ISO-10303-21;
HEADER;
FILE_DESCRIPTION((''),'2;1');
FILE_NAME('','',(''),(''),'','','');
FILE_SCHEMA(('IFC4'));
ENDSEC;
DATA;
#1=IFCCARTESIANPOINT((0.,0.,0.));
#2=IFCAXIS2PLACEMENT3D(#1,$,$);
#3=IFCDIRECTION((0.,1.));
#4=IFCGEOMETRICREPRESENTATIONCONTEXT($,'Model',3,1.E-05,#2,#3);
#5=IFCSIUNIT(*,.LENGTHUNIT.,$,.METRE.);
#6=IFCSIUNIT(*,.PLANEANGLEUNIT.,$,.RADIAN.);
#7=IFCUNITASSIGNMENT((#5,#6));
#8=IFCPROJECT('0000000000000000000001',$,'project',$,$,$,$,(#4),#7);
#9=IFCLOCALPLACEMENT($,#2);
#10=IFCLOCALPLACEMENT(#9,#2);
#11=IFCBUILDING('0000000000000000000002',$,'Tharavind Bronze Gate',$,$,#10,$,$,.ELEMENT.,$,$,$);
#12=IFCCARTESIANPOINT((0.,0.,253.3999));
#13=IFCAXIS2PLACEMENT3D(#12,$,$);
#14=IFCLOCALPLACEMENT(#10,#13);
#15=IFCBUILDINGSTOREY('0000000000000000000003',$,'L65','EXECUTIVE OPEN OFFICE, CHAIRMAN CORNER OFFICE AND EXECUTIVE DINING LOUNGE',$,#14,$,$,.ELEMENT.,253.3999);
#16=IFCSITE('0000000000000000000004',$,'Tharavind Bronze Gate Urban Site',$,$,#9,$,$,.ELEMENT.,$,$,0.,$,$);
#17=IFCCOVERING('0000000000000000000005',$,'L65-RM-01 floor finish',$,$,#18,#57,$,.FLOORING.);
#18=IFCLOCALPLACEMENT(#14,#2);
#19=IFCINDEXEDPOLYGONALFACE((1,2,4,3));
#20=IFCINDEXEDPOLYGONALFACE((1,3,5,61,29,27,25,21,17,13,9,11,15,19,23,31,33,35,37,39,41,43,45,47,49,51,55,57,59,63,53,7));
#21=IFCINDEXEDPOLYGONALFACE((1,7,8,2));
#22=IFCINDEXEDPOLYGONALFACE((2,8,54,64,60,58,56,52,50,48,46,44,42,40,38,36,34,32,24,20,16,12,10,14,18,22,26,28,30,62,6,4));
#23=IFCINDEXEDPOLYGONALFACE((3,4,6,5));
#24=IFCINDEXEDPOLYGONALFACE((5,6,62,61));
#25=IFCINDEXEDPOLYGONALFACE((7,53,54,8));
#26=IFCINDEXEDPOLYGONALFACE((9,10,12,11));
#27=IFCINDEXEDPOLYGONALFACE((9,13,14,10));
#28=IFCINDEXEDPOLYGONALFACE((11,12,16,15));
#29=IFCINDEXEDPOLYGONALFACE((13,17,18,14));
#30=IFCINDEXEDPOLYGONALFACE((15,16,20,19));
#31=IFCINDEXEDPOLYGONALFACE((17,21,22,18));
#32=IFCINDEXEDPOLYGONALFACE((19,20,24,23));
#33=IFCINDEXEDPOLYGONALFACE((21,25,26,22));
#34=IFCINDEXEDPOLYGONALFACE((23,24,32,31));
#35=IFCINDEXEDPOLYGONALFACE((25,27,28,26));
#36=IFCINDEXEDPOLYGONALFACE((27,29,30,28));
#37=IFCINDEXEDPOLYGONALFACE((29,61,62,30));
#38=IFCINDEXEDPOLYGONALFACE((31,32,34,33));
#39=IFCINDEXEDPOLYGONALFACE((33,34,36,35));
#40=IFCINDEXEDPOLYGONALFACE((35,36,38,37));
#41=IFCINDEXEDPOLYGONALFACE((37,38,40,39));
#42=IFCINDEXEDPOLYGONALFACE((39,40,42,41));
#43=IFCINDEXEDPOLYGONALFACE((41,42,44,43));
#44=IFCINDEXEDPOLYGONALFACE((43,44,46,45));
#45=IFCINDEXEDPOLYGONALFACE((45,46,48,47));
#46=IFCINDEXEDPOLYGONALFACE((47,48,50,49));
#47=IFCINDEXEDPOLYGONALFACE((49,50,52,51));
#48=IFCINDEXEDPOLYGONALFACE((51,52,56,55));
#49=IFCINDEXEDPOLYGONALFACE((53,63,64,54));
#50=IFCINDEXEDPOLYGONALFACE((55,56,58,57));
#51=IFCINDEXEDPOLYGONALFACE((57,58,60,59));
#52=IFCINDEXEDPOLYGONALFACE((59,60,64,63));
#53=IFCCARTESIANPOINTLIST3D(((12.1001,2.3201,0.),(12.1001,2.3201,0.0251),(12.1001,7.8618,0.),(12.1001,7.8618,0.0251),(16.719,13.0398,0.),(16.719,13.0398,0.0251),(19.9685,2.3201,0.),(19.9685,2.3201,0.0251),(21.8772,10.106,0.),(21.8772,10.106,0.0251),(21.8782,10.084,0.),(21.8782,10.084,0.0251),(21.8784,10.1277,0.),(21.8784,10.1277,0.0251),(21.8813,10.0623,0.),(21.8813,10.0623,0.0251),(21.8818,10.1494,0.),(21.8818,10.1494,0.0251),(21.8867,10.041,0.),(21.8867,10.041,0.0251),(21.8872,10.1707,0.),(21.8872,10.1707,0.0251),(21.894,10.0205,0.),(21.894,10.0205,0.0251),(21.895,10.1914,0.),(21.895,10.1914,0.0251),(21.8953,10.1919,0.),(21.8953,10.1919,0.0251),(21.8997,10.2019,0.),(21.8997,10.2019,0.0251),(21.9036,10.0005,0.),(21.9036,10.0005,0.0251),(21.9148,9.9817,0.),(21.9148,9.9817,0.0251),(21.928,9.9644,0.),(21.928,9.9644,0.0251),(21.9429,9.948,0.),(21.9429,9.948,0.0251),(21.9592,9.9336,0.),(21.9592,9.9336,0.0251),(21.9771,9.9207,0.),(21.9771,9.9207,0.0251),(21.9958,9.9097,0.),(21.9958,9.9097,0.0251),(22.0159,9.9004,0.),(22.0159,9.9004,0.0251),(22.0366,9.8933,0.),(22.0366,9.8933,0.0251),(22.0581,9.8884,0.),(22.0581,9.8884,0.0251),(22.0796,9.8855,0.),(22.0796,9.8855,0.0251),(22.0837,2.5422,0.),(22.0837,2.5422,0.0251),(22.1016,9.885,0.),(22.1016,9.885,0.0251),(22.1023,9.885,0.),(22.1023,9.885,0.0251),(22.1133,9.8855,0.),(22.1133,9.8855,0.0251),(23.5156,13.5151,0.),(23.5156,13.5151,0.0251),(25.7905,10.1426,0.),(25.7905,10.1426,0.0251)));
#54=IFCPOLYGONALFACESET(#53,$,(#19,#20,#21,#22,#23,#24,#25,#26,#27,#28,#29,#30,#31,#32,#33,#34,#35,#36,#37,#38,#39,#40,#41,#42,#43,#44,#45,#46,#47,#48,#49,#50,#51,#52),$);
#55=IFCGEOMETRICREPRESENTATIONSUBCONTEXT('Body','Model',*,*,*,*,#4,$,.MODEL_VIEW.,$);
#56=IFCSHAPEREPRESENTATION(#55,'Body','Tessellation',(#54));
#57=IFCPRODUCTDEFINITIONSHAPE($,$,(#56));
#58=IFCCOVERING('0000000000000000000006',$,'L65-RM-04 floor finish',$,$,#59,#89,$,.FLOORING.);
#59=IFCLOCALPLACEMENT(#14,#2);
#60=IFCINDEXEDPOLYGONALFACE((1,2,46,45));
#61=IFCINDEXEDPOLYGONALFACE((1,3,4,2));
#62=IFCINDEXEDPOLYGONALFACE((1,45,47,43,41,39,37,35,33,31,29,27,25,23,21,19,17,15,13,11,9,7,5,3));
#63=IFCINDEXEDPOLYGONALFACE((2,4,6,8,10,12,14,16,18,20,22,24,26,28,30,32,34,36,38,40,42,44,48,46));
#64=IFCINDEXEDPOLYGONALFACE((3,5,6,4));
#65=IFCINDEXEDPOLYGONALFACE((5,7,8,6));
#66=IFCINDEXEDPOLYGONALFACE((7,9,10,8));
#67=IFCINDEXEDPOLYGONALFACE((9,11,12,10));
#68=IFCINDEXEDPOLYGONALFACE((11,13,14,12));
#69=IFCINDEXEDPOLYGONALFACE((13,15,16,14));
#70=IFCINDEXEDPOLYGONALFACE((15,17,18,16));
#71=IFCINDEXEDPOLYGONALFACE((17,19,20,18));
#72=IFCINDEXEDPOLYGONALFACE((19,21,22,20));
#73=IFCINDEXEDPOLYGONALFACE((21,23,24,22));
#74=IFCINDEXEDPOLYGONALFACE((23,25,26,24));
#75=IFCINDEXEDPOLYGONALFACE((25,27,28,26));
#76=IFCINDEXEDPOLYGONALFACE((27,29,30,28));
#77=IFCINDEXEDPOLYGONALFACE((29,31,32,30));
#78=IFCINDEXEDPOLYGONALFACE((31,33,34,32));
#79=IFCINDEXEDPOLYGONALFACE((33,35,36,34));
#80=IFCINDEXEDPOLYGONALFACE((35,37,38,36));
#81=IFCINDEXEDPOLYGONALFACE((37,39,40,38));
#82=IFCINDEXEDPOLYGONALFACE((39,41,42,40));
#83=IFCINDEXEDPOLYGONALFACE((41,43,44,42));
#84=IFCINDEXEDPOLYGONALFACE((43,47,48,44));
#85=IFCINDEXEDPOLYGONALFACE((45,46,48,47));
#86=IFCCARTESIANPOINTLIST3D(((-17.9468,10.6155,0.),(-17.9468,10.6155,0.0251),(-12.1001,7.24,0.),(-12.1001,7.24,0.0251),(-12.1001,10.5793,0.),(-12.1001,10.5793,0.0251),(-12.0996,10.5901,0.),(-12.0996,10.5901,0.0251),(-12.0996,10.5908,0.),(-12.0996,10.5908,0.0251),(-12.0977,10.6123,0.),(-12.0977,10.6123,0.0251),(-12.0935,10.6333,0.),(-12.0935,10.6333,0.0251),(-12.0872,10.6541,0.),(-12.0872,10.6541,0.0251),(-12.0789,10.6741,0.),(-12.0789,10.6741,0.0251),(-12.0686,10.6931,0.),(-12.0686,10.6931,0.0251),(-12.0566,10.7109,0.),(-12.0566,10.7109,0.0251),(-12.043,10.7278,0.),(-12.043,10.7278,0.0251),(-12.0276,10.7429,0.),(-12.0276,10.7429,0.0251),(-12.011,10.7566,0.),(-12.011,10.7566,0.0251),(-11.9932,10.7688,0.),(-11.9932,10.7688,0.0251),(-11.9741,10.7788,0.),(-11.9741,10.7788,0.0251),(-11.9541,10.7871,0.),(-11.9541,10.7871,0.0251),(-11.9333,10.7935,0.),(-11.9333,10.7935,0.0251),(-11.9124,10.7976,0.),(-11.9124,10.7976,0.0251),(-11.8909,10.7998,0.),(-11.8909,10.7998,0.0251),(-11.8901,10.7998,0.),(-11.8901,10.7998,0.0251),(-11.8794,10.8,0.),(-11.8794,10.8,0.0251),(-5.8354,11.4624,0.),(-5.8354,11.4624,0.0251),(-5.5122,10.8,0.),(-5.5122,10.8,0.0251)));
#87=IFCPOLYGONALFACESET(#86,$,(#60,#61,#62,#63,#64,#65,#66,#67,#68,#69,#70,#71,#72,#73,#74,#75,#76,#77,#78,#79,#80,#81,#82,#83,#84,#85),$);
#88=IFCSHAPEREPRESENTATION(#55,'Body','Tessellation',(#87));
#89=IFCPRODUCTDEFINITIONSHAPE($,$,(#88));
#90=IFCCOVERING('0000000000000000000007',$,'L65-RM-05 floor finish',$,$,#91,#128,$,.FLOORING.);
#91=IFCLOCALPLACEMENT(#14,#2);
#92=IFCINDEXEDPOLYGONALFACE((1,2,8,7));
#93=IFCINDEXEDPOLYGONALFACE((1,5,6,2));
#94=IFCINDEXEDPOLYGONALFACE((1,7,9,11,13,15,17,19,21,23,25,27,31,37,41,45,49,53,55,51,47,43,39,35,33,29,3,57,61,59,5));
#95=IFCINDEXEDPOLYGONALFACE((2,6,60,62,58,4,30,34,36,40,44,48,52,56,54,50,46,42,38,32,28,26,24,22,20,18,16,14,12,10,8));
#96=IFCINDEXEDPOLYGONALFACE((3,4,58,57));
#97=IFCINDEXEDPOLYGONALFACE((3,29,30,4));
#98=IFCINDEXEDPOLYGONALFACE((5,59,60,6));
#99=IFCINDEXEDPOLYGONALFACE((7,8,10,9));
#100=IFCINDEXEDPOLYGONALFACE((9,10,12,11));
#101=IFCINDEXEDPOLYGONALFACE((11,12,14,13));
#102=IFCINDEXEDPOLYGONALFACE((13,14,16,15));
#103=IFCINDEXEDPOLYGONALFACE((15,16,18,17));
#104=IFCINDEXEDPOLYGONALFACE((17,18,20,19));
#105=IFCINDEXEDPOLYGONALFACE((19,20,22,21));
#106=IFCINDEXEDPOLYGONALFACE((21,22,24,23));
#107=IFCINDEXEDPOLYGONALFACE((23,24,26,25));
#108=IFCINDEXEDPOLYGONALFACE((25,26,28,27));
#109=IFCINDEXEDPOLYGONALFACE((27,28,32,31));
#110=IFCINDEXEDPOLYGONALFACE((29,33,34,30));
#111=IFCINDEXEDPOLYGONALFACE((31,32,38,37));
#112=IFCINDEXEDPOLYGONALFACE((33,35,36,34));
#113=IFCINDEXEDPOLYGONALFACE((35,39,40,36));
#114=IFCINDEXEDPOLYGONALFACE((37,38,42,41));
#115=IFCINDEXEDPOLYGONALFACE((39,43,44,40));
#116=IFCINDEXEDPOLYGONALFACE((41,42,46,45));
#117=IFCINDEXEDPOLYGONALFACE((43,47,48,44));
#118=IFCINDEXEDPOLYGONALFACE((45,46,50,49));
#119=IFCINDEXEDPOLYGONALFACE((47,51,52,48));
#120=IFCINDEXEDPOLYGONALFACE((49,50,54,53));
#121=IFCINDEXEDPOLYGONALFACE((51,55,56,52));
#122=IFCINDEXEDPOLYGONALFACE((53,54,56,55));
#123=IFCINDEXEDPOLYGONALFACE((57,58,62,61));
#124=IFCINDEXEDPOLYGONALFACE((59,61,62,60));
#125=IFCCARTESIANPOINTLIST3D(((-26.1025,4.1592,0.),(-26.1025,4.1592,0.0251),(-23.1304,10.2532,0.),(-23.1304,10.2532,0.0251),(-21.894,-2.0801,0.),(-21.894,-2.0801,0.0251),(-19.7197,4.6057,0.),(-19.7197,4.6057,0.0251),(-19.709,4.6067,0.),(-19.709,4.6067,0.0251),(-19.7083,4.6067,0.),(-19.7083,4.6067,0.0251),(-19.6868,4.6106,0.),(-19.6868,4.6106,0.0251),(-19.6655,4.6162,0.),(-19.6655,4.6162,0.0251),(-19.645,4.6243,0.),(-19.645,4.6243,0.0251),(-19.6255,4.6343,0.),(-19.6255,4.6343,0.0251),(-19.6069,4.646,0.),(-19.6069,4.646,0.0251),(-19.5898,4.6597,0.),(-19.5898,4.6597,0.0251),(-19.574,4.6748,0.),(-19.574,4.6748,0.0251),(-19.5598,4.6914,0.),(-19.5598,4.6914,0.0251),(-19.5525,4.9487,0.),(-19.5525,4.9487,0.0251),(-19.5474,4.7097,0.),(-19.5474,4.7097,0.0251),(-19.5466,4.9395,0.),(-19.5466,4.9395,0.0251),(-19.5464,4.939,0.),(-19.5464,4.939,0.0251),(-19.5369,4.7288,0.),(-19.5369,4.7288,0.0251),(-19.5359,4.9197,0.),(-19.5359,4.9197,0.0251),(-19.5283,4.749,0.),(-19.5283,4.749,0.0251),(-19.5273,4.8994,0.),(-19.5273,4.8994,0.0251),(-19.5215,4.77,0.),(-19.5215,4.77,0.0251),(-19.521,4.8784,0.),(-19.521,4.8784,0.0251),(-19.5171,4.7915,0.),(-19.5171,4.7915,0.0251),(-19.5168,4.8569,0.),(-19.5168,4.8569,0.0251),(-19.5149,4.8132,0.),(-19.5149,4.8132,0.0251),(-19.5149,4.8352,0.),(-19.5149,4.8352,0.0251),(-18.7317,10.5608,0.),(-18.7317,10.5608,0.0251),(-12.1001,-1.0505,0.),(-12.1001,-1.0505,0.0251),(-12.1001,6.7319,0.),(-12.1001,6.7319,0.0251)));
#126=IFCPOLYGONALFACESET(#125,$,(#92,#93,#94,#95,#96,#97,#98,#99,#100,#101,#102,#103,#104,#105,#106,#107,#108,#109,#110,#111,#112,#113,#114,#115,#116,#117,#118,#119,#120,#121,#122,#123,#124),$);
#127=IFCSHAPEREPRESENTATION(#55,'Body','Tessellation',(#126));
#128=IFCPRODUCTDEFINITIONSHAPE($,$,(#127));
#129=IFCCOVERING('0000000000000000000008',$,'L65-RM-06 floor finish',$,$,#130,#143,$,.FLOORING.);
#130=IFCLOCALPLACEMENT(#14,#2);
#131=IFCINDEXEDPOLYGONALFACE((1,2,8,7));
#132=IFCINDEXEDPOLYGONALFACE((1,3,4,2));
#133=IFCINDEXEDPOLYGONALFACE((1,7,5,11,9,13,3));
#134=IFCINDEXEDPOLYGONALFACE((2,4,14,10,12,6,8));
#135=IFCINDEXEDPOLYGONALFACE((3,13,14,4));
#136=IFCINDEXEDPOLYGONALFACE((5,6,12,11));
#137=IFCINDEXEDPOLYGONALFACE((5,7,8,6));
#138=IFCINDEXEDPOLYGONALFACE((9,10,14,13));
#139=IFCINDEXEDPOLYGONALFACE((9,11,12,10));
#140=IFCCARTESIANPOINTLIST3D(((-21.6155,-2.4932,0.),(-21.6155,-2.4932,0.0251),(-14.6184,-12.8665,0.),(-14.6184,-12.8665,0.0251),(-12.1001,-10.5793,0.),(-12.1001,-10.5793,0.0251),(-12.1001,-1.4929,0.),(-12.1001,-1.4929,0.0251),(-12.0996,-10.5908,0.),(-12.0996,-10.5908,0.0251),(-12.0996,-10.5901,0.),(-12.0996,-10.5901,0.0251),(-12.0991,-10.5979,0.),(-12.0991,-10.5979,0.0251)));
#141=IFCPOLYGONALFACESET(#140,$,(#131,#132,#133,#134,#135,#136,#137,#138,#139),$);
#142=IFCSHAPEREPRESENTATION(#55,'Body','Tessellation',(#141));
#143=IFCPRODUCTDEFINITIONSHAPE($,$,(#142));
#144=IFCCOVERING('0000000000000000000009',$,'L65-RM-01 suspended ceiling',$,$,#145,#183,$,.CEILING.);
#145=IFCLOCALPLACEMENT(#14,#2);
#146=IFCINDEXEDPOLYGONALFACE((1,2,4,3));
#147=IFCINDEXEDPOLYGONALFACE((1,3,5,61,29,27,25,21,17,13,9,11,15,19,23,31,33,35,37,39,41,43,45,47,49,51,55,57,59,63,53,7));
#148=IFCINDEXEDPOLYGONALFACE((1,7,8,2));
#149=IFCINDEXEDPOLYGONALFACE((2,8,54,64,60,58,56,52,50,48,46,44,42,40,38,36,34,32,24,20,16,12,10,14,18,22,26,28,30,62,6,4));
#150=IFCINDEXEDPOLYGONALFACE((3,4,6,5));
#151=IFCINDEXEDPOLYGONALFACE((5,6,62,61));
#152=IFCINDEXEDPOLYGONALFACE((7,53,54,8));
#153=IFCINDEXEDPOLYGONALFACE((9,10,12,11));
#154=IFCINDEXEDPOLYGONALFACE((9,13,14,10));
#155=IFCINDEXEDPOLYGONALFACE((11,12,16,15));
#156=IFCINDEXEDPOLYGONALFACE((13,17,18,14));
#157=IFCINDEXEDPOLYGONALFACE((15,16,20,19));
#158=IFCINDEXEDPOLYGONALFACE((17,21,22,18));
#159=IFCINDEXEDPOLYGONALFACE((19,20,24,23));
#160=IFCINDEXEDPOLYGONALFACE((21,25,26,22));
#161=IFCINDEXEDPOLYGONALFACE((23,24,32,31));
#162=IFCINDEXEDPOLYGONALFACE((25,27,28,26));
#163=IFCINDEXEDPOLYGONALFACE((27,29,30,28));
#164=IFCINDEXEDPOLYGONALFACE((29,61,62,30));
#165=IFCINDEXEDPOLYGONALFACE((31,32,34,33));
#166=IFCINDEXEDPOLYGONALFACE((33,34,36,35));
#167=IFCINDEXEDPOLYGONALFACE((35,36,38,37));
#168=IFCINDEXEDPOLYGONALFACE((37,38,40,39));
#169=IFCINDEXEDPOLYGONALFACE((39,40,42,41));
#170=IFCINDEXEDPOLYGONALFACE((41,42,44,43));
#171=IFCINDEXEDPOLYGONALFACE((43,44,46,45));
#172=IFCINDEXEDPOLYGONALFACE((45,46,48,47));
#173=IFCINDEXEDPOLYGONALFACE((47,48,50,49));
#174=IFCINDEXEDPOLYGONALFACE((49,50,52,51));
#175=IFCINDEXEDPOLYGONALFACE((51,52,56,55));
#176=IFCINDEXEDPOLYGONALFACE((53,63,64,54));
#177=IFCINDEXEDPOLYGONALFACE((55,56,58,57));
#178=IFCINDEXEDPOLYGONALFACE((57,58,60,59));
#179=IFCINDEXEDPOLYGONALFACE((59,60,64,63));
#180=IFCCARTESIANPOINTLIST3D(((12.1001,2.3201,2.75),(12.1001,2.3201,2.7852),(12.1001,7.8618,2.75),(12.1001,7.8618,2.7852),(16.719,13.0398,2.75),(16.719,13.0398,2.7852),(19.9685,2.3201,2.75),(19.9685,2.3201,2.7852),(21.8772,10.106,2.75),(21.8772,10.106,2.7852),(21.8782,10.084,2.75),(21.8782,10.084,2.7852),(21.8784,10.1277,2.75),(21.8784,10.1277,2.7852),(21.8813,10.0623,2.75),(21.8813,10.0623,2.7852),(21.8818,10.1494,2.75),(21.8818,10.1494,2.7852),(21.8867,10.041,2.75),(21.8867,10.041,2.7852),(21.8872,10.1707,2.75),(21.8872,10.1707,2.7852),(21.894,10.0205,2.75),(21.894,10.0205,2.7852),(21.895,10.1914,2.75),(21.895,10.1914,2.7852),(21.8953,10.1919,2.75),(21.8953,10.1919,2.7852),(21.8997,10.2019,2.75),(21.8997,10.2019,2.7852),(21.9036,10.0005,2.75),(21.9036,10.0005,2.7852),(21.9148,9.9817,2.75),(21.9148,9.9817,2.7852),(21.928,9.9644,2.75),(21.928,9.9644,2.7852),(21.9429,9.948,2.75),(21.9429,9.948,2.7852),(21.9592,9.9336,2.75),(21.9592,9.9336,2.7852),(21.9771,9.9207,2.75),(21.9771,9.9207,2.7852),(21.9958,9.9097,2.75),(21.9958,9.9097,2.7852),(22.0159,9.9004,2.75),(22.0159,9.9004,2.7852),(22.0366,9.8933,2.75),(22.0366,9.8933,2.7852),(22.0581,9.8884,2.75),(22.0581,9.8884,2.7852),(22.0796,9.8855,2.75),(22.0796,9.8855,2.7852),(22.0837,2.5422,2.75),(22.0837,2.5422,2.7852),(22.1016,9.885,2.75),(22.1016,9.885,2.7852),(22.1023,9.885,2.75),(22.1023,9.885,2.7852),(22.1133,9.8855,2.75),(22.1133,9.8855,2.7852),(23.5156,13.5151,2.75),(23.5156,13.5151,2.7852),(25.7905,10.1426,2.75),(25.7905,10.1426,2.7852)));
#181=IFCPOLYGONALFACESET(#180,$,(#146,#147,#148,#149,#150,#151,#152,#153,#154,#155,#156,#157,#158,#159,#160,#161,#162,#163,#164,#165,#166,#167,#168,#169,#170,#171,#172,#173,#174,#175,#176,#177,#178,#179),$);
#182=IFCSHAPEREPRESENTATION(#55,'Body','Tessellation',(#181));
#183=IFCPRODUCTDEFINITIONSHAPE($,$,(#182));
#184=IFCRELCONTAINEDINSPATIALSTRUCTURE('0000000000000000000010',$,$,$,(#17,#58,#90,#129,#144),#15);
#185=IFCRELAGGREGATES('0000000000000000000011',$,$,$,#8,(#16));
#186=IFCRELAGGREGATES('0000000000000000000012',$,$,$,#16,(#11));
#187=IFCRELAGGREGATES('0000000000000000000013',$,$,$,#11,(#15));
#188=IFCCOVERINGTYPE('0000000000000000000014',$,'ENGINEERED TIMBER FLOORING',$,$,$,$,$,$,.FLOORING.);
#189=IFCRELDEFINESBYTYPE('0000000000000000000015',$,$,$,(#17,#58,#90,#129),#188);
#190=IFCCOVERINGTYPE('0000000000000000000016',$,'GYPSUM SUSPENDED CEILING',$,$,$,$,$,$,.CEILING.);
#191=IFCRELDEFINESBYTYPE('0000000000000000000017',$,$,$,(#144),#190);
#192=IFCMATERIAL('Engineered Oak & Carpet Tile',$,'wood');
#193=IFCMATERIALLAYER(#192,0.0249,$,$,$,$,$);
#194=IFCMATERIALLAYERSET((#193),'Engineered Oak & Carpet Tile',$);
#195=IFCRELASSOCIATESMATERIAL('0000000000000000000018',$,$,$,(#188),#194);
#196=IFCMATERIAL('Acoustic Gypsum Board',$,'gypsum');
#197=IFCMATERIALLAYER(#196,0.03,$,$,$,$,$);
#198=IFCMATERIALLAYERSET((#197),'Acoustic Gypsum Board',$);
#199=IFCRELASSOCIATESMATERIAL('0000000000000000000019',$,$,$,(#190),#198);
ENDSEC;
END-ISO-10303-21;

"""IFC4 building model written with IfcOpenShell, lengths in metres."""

from ifc_helpers import new_model, si_unit, direction, frame, origin, place, context, subcontext, project, spatial, polyline, outline, extrude, material, layer, layer_set, type_object, element, save


model = new_model("IFC4")

# Units and contexts
model_context = context("Model", 3, precision=1e-05, world=origin(), true_north=direction((0.0, 1.0)))
body_context = subcontext(model_context, "Body", "Model", "MODEL_VIEW")
ifc_project = project(units=[si_unit("LENGTHUNIT", "METRE"), si_unit("PLANEANGLEUNIT", "RADIAN")], contexts=[model_context])

# Site, building, storey
site_placement = place(None, origin())
site = spatial("IfcSite", under=ifc_project, at=site_placement, Name="Tharavind Bronze Gate Urban Site", CompositionType="ELEMENT", RefElevation=0.0)
building_placement = place(site_placement, origin())
building = spatial("IfcBuilding", under=site, at=building_placement, Name="Tharavind Bronze Gate", CompositionType="ELEMENT")
storey_placement = place(building_placement, frame((0.0, 0.0, 253.3999)))
storey = spatial("IfcBuildingStorey", under=building, at=storey_placement, Name="L65", Description="EXECUTIVE OPEN OFFICE, CHAIRMAN CORNER OFFICE AND EXECUTIVE DINING LOUNGE", CompositionType="ELEMENT", Elevation=253.3999)

# Coverings
ifc_material_1 = material(Name="Engineered Oak & Carpet Tile", Category="wood")
ifc_layer_1 = layer(ifc_material_1, 0.0249)
ifc_layer_set_1 = layer_set([ifc_layer_1], Name="Engineered Oak & Carpet Tile")
covering_type_1 = type_object("IfcCoveringType", Name="ENGINEERED TIMBER FLOORING", PredefinedType="FLOORING", material=ifc_layer_set_1)
covering_1_placement = place(storey_placement, origin())
element("IfcCovering", 1, at=covering_1_placement, inside=storey, type_object=covering_type_1, Name="L65-RM-01 floor finish", PredefinedType="FLOORING", context=body_context, shape_type="SweptSolid", body=[
    extrude(outline(polyline([(19.9685, 2.3201), (22.0837, 2.5422), (25.7905, 10.1426), (22.1133, 9.8855), (22.1023, 9.885), (22.1016, 9.885), (22.0796, 9.8855), (22.0581, 9.8884), (22.0366, 9.8933), (22.0159, 9.9004), (21.9958, 9.9097), (21.9771, 9.9207), (21.9592, 9.9336), (21.9429, 9.948), (21.928, 9.9644), (21.9148, 9.9817), (21.9036, 10.0005), (21.894, 10.0205), (21.8867, 10.041), (21.8813, 10.0623), (21.8782, 10.084), (21.8772, 10.106), (21.8784, 10.1277), (21.8818, 10.1494), (21.8872, 10.1707), (21.895, 10.1914), (21.8953, 10.1919), (21.8997, 10.2019), (23.5156, 13.5151), (16.719, 13.0398), (12.1001, 7.8618), (12.1001, 2.3201), (19.9685, 2.3201)])), origin(), (0.0, 0.0, 1.0), 0.0251),
])
covering_2_placement = place(storey_placement, origin())
element("IfcCovering", 2, at=covering_2_placement, inside=storey, type_object=covering_type_1, Name="L65-RM-04 floor finish", PredefinedType="FLOORING", context=body_context, shape_type="SweptSolid", body=[
    extrude(outline(polyline([(-12.1001, 7.24), (-12.1001, 10.5793), (-12.0996, 10.5901), (-12.0996, 10.5908), (-12.0977, 10.6123), (-12.0935, 10.6333), (-12.0872, 10.6541), (-12.0789, 10.6741), (-12.0686, 10.6931), (-12.0566, 10.7109), (-12.043, 10.7278), (-12.0276, 10.7429), (-12.011, 10.7566), (-11.9932, 10.7688), (-11.9741, 10.7788), (-11.9541, 10.7871), (-11.9333, 10.7935), (-11.9124, 10.7976), (-11.8909, 10.7998), (-11.8901, 10.7998), (-11.8794, 10.8), (-5.5122, 10.8), (-5.8354, 11.4624), (-17.9468, 10.6155), (-12.1001, 7.24)])), origin(), (0.0, 0.0, 1.0), 0.0251),
])
covering_3_placement = place(storey_placement, origin())
element("IfcCovering", 3, at=covering_3_placement, inside=storey, type_object=covering_type_1, Name="L65-RM-05 floor finish", PredefinedType="FLOORING", context=body_context, shape_type="SweptSolid", body=[
    extrude(outline(polyline([(-21.894, -2.0801), (-12.1001, -1.0505), (-12.1001, 6.7319), (-18.7317, 10.5608), (-23.1304, 10.2532), (-19.5525, 4.9487), (-19.5466, 4.9395), (-19.5464, 4.939), (-19.5359, 4.9197), (-19.5273, 4.8994), (-19.521, 4.8784), (-19.5168, 4.8569), (-19.5149, 4.8352), (-19.5149, 4.8132), (-19.5171, 4.7915), (-19.5215, 4.77), (-19.5283, 4.749), (-19.5369, 4.7288), (-19.5474, 4.7097), (-19.5598, 4.6914), (-19.574, 4.6748), (-19.5898, 4.6597), (-19.6069, 4.646), (-19.6255, 4.6343), (-19.645, 4.6243), (-19.6655, 4.6162), (-19.6868, 4.6106), (-19.7083, 4.6067), (-19.709, 4.6067), (-19.7197, 4.6057), (-26.1025, 4.1592), (-21.894, -2.0801)])), origin(), (0.0, 0.0, 1.0), 0.0251),
])
covering_4_placement = place(storey_placement, origin())
element("IfcCovering", 4, at=covering_4_placement, inside=storey, type_object=covering_type_1, Name="L65-RM-06 floor finish", PredefinedType="FLOORING", context=body_context, shape_type="SweptSolid", body=[
    extrude(outline(polyline([(-14.6184, -12.8665), (-12.0991, -10.5979), (-12.0996, -10.5908), (-12.0996, -10.5901), (-12.1001, -10.5793), (-12.1001, -1.4929), (-21.6155, -2.4932), (-14.6184, -12.8665)])), origin(), (0.0, 0.0, 1.0), 0.0251),
])
ifc_material_2 = material(Name="Acoustic Gypsum Board", Category="gypsum")
ifc_layer_2 = layer(ifc_material_2, 0.03)
ifc_layer_set_2 = layer_set([ifc_layer_2], Name="Acoustic Gypsum Board")
covering_type_2 = type_object("IfcCoveringType", Name="GYPSUM SUSPENDED CEILING", PredefinedType="CEILING", material=ifc_layer_set_2)
covering_5_placement = place(storey_placement, frame((0.0, 0.0, 2.75)))
element("IfcCovering", 5, at=covering_5_placement, inside=storey, type_object=covering_type_2, Name="L65-RM-01 suspended ceiling", PredefinedType="CEILING", context=body_context, shape_type="SweptSolid", body=[
    extrude(outline(polyline([(19.9685, 2.3201), (22.0837, 2.5422), (25.7905, 10.1426), (22.1133, 9.8855), (22.1023, 9.885), (22.1016, 9.885), (22.0796, 9.8855), (22.0581, 9.8884), (22.0366, 9.8933), (22.0159, 9.9004), (21.9958, 9.9097), (21.9771, 9.9207), (21.9592, 9.9336), (21.9429, 9.948), (21.928, 9.9644), (21.9148, 9.9817), (21.9036, 10.0005), (21.894, 10.0205), (21.8867, 10.041), (21.8813, 10.0623), (21.8782, 10.084), (21.8772, 10.106), (21.8784, 10.1277), (21.8818, 10.1494), (21.8872, 10.1707), (21.895, 10.1914), (21.8953, 10.1919), (21.8997, 10.2019), (23.5156, 13.5151), (16.719, 13.0398), (12.1001, 7.8618), (12.1001, 2.3201), (19.9685, 2.3201)])), origin(), (0.0, 0.0, 1.0), 0.0352),
])

save(model, "model.ifc")
